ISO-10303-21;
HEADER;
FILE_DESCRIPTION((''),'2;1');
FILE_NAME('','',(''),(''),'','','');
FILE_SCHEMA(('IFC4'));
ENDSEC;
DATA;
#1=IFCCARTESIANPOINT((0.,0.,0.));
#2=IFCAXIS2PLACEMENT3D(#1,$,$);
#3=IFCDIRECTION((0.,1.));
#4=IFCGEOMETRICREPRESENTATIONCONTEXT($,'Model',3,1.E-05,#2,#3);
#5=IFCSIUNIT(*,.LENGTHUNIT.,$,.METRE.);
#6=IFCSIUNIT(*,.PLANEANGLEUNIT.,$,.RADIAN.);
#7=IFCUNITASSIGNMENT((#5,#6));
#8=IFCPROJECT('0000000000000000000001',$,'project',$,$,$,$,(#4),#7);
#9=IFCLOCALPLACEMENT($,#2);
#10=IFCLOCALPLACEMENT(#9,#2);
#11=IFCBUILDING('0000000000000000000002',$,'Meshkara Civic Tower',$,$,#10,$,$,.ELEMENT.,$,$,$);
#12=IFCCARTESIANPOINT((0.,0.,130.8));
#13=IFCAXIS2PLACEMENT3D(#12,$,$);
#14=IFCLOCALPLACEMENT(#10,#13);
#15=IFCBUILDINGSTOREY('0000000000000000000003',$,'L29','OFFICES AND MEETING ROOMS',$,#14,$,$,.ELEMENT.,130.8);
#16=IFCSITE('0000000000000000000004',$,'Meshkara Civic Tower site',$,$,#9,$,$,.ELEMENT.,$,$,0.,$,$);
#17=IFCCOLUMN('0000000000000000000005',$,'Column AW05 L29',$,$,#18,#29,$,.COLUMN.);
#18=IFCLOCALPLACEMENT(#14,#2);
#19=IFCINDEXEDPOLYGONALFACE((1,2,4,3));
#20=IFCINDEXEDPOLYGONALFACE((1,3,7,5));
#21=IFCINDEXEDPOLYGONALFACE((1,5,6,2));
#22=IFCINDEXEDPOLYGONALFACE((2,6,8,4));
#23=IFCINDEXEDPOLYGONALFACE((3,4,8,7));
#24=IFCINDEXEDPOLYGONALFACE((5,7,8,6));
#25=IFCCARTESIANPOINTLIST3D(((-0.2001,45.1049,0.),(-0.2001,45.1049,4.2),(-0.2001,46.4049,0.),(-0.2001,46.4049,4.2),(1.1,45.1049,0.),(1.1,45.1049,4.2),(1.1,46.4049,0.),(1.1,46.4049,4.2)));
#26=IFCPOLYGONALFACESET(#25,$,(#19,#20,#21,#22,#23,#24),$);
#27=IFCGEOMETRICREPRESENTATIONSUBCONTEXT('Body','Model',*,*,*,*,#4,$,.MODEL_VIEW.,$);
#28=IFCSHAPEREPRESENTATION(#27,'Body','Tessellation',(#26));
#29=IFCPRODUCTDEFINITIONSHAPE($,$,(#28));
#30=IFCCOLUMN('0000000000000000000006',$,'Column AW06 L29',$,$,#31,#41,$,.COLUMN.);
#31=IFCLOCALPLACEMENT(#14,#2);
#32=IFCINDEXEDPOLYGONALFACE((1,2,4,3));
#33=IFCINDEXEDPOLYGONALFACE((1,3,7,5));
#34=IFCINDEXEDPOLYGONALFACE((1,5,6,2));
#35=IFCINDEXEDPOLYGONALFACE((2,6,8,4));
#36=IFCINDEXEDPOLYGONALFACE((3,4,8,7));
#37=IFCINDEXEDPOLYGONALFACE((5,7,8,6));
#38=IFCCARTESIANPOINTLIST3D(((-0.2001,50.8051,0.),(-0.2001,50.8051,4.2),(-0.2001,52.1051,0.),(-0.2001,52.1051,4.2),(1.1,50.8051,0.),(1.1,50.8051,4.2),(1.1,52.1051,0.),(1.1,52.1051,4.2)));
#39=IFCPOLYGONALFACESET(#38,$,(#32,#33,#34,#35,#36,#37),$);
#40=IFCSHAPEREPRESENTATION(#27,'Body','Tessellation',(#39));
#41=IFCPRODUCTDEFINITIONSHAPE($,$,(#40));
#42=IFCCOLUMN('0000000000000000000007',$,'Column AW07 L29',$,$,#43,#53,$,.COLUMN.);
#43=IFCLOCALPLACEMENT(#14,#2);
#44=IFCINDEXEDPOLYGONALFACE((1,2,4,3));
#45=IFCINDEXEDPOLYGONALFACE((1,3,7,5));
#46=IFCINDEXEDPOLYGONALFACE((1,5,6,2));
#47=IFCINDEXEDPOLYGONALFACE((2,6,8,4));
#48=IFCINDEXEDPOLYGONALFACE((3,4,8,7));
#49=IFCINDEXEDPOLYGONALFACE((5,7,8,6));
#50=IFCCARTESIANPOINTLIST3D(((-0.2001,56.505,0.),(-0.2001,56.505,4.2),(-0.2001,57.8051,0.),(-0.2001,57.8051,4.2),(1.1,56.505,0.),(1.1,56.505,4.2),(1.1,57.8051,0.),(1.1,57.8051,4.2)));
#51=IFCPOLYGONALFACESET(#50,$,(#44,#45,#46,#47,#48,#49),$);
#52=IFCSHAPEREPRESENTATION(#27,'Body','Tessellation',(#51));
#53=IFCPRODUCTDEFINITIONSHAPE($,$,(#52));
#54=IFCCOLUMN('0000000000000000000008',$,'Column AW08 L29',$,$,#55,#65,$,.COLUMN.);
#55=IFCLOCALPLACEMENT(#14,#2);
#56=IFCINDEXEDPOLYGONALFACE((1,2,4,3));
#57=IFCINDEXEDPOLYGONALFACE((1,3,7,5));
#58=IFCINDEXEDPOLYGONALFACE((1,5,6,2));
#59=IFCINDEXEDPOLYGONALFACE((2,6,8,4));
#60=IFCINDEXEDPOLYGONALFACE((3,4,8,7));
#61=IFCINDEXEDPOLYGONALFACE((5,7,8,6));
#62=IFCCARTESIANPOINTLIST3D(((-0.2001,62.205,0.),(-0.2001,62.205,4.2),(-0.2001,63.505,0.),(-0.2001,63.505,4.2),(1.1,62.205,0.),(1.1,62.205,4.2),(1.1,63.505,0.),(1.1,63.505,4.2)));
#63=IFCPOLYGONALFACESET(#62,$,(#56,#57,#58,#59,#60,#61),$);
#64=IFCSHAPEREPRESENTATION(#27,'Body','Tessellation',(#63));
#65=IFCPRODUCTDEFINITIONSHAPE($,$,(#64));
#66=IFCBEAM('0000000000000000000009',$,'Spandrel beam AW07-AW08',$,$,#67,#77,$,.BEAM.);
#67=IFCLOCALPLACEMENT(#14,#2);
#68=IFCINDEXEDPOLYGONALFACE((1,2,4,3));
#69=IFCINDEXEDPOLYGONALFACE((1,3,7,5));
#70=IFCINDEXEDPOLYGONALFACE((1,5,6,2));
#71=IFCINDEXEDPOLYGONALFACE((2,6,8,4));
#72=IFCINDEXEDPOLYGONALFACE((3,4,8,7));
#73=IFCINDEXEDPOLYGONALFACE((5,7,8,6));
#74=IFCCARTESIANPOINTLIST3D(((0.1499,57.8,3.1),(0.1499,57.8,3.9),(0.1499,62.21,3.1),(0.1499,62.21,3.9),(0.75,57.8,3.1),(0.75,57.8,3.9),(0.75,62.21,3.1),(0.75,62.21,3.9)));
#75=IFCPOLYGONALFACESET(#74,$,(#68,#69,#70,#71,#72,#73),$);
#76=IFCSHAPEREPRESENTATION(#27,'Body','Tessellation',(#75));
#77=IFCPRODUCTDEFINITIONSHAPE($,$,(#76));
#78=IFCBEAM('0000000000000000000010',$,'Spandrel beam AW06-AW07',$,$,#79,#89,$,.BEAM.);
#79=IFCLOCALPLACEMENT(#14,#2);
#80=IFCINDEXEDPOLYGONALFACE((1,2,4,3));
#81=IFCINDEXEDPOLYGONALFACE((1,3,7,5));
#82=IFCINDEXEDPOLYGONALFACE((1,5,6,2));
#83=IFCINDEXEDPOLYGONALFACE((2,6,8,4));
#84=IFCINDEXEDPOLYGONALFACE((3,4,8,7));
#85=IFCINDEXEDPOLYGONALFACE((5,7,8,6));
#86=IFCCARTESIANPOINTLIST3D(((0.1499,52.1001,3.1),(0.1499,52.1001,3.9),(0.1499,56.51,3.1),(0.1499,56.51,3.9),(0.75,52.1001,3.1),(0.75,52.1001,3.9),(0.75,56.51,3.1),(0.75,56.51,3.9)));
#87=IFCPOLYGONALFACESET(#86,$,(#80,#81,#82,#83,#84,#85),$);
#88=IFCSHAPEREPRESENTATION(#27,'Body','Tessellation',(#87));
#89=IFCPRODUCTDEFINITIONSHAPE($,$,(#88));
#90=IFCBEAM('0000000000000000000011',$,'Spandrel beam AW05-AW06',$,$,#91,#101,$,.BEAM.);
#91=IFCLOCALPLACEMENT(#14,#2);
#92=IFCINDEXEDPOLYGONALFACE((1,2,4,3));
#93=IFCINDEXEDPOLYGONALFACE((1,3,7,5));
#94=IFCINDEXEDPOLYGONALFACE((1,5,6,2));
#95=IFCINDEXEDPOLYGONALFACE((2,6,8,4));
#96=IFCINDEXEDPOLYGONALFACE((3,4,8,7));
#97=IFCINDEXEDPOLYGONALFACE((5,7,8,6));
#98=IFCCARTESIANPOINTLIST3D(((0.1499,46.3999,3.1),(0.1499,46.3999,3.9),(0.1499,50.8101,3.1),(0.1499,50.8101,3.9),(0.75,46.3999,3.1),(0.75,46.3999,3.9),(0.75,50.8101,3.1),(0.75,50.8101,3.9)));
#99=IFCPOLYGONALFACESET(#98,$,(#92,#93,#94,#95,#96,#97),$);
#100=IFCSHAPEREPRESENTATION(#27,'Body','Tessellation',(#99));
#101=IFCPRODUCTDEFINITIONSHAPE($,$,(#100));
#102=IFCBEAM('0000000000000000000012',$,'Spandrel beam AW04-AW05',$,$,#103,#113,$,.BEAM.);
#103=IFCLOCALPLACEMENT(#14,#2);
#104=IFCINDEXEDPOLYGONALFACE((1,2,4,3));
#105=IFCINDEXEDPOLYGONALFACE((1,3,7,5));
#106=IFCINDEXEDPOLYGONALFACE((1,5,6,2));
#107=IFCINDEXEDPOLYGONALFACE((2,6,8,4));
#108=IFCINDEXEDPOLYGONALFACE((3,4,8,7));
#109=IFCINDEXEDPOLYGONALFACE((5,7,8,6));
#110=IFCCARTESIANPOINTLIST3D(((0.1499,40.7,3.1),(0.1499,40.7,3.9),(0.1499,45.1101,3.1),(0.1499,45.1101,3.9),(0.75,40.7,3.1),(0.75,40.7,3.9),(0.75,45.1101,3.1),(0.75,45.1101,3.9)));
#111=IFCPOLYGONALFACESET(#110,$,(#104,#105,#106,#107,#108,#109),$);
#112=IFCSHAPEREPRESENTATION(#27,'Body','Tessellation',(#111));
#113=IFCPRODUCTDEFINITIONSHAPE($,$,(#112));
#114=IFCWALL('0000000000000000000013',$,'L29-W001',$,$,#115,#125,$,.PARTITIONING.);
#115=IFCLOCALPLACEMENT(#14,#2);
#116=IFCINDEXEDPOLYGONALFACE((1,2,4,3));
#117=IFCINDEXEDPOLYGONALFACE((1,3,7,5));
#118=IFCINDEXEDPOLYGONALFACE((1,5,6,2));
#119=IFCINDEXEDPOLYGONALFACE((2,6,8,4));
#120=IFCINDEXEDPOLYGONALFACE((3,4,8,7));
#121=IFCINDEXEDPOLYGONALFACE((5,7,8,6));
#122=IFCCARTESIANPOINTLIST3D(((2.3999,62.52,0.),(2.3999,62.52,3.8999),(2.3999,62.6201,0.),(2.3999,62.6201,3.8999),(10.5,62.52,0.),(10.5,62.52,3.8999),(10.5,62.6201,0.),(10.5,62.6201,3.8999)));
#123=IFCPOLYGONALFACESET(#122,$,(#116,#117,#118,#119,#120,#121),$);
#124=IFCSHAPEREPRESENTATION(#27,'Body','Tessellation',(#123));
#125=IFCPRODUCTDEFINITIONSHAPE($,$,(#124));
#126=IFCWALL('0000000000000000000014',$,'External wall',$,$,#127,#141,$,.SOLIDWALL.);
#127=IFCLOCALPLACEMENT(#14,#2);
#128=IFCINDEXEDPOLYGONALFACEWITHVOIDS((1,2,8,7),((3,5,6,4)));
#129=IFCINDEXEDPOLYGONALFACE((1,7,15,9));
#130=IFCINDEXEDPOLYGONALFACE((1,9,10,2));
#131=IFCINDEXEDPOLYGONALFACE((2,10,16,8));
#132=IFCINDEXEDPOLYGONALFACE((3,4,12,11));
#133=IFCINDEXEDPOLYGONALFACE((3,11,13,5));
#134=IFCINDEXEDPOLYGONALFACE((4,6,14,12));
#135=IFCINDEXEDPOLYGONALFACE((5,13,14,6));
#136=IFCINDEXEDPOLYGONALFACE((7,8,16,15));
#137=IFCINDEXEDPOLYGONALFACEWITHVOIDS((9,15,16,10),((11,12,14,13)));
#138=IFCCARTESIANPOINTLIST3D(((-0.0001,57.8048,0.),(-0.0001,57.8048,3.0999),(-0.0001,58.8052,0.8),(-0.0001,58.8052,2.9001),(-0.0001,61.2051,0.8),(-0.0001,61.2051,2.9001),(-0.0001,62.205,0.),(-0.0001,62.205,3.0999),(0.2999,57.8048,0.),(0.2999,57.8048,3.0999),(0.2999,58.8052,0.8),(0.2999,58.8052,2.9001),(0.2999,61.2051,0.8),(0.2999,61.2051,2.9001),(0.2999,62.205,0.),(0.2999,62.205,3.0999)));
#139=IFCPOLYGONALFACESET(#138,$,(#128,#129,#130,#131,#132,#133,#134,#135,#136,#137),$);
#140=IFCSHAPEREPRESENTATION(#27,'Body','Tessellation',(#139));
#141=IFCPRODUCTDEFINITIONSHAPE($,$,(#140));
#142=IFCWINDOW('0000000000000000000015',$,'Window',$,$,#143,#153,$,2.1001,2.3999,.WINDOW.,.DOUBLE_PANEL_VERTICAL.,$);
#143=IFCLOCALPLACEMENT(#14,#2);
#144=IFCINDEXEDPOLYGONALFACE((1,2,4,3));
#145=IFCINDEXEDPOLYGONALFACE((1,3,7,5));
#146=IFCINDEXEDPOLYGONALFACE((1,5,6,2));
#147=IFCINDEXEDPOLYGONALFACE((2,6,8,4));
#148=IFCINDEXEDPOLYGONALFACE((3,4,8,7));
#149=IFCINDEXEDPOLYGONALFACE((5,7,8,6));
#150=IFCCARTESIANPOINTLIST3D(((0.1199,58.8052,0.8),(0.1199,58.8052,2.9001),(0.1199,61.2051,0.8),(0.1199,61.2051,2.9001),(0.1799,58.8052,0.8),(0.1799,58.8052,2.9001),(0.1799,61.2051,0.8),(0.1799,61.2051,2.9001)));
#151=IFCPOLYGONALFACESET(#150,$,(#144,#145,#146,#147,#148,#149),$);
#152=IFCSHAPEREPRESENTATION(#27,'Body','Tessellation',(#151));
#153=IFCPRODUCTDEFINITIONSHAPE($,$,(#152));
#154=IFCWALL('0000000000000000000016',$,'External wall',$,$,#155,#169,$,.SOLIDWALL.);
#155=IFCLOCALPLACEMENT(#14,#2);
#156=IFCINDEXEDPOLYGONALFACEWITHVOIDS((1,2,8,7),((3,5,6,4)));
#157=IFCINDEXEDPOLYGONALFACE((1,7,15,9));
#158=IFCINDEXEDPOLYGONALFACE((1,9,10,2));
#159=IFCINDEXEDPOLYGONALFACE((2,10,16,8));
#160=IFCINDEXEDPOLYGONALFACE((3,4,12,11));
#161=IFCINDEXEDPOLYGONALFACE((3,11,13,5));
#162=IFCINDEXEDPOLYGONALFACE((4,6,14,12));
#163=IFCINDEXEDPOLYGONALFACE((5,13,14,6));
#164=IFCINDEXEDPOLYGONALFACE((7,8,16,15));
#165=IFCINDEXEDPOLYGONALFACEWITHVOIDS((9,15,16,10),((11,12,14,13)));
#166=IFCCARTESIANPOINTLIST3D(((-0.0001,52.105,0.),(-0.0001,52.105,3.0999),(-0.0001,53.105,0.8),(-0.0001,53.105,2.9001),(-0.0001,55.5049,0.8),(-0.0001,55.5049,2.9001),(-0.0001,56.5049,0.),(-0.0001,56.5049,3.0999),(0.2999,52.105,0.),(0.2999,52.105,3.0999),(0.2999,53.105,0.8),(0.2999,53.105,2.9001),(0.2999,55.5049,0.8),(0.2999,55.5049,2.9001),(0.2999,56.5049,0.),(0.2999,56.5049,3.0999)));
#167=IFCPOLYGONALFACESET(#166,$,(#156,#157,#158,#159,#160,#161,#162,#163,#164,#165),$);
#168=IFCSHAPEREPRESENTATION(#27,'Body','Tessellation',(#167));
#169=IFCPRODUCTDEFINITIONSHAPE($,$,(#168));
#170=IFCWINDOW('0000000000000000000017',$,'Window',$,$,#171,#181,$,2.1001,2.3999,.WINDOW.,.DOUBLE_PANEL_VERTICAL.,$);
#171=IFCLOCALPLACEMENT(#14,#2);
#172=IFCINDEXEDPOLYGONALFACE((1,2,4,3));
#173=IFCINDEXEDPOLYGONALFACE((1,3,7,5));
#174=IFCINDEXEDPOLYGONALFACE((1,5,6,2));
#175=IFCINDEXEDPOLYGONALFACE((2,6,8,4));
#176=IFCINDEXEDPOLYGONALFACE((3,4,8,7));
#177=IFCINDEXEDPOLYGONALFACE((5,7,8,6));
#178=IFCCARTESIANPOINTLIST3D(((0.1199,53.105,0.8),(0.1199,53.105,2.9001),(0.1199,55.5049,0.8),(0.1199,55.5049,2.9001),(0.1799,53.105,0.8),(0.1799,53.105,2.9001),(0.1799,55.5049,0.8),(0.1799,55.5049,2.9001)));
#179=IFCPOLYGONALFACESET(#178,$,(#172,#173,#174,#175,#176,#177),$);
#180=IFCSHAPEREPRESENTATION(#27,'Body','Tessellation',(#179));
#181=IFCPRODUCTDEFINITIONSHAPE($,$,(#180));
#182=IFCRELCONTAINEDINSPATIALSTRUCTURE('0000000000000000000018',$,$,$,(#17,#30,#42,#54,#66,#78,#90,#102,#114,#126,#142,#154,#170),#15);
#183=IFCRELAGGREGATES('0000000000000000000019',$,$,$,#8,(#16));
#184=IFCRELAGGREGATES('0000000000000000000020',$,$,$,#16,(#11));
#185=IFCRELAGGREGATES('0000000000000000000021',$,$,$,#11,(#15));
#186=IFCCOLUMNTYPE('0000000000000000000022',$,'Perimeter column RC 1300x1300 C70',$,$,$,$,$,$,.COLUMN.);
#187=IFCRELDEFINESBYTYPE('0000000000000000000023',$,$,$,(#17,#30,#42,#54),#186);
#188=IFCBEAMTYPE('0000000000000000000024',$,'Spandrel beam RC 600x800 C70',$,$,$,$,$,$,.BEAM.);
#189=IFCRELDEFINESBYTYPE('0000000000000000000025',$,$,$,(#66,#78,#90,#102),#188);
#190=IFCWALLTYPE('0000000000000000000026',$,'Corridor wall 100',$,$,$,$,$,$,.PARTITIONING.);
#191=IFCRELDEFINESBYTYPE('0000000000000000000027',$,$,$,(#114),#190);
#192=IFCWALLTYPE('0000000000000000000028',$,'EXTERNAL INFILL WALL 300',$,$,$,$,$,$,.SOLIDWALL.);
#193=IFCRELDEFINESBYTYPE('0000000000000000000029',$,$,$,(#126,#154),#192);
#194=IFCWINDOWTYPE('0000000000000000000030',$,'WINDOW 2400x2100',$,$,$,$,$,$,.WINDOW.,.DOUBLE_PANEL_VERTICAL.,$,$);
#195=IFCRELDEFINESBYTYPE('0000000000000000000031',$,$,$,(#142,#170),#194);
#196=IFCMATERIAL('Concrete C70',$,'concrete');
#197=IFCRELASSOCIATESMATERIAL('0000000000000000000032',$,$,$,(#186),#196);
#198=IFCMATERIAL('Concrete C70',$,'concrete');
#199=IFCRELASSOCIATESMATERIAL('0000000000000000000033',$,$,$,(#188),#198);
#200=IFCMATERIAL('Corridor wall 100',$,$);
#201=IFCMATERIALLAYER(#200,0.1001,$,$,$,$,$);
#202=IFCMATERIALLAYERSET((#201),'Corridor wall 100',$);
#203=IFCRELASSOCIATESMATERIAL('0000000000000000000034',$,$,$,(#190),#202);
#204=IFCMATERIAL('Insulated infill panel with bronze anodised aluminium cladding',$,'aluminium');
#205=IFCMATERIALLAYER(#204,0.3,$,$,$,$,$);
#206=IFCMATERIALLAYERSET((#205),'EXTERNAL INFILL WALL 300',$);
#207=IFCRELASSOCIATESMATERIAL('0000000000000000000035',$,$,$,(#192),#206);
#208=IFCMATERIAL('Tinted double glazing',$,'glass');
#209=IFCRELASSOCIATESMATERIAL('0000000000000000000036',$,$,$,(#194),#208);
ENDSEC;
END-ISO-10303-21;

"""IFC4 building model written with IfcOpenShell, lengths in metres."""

from ifc_helpers import new_model, si_unit, direction, frame, frame_2d, origin, origin_2d, place, context, subcontext, project, spatial, rectangle, extrude, material, layer, layer_set, material_profile, profile_set, type_object, element, fill, save


model = new_model("IFC4")

# Units and contexts
model_context = context("Model", 3, precision=1e-05, world=origin(), true_north=direction((0.0, 1.0)))
body_context = subcontext(model_context, "Body", "Model", "MODEL_VIEW")
ifc_project = project(units=[si_unit("LENGTHUNIT", "METRE"), si_unit("PLANEANGLEUNIT", "RADIAN")], contexts=[model_context])

# Site, building, storey
site_placement = place(None, origin())
site = spatial("IfcSite", under=ifc_project, at=site_placement, Name="Meshkara Civic Tower site", CompositionType="ELEMENT", RefElevation=0.0)
building_placement = place(site_placement, origin())
building = spatial("IfcBuilding", under=site, at=building_placement, Name="Meshkara Civic Tower", CompositionType="ELEMENT")
storey_placement = place(building_placement, frame((0.0, 0.0, 130.8)))
storey = spatial("IfcBuildingStorey", under=building, at=storey_placement, Name="L29", Description="OFFICES AND MEETING ROOMS", CompositionType="ELEMENT", Elevation=130.8)

# Columns
ifc_material_1 = material(Name="Concrete C70", Category="concrete")
ifc_material_profile_1 = material_profile(ifc_material_1, rectangle(XDim=1.3, YDim=1.3, at=origin_2d()))
ifc_profile_set_1 = profile_set([ifc_material_profile_1], Name="Concrete C70")
column_type = type_object("IfcColumnType", Name="Perimeter column RC 1300x1300 C70", PredefinedType="COLUMN", material=ifc_profile_set_1)
for number, where, z_axis, x_axis, name in (
    (1, (0.45, 45.7549, 0.0), (0.0, 0.0, 1.0), (1.0, 0.0, 0.0), "Column AW05 L29"),
    (2, (0.45, 51.4551, 0.0), (0.0, 0.0, 1.0), (1.0, 0.0, 0.0), "Column AW06 L29"),
    (3, (0.45, 57.155, 0.0), (0.0, 0.0, 1.0), (1.0, 0.0, 0.0), "Column AW07 L29"),
    (4, (0.45, 62.855, 0.0), (0.0, 0.0, 1.0), (1.0, 0.0, 0.0), "Column AW08 L29"),
):
    element("IfcColumn", number, at=place(storey_placement, frame(where, z_axis=z_axis, x_axis=x_axis)), inside=storey, type_object=column_type, Name=name, PredefinedType="COLUMN", context=body_context, shape_type="SweptSolid", body=[
        extrude(rectangle(XDim=1.3, YDim=1.3, at=origin_2d()), origin(), (0.0, 0.0, 1.0), 4.2),
    ])

# Beams
ifc_material_2 = material(Name="Concrete C70", Category="concrete")
ifc_material_profile_2 = material_profile(ifc_material_2, rectangle(XDim=0.6001, YDim=0.8, at=origin_2d()))
ifc_profile_set_2 = profile_set([ifc_material_profile_2], Name="Concrete C70")
beam_type = type_object("IfcBeamType", Name="Spandrel beam RC 600x800 C70", PredefinedType="BEAM", material=ifc_profile_set_2)
for number, where, z_axis, x_axis, name in (
    (5, (0.45, 62.21, 3.5), (0.0, -1.0, 0.0), (1.0, 0.0, 0.0), "Spandrel beam AW07-AW08"),
    (6, (0.45, 56.51, 3.5), (0.0, -1.0, 0.0), (1.0, 0.0, 0.0), "Spandrel beam AW06-AW07"),
):
    element("IfcBeam", number, at=place(storey_placement, frame(where, z_axis=z_axis, x_axis=x_axis)), inside=storey, type_object=beam_type, Name=name, PredefinedType="BEAM", context=body_context, shape_type="SweptSolid", body=[
        extrude(rectangle(XDim=0.6001, YDim=0.8, at=origin_2d()), origin(), (0.0, 0.0, 1.0), 4.4099),
    ])
for number, where, z_axis, x_axis, name in (
    (7, (0.45, 50.8101, 3.5), (0.0, -1.0, 0.0), (1.0, 0.0, 0.0), "Spandrel beam AW05-AW06"),
    (8, (0.45, 45.1101, 3.5), (0.0, -1.0, 0.0), (1.0, 0.0, 0.0), "Spandrel beam AW04-AW05"),
):
    element("IfcBeam", number, at=place(storey_placement, frame(where, z_axis=z_axis, x_axis=x_axis)), inside=storey, type_object=beam_type, Name=name, PredefinedType="BEAM", context=body_context, shape_type="SweptSolid", body=[
        extrude(rectangle(XDim=0.6001, YDim=0.8, at=origin_2d()), origin(), (0.0, 0.0, 1.0), 4.4102),
    ])

# Wall
ifc_material_3 = material(Name="Corridor wall 100")
ifc_layer_1 = layer(ifc_material_3, 0.1001)
ifc_layer_set_1 = layer_set([ifc_layer_1], Name="Corridor wall 100")
wall_type_1 = type_object("IfcWallType", Name="Corridor wall 100", PredefinedType="PARTITIONING", material=ifc_layer_set_1)
wall_1_placement = place(storey_placement, frame((2.3999, 62.5701, 0.0), z_axis=(0.0, 0.0, 1.0), x_axis=(1.0, 0.0, 0.0)))
element("IfcWall", 9, at=wall_1_placement, inside=storey, type_object=wall_type_1, Name="L29-W001", PredefinedType="PARTITIONING", context=body_context, shape_type="SweptSolid", body=[
    extrude(rectangle(XDim=8.1001, YDim=0.1001, at=frame_2d((4.05, 0.0))), origin(), (0.0, 0.0, 1.0), 3.8999),
])

# Walls, openings, windows
ifc_material_4 = material(Name="Insulated infill panel with bronze anodised aluminium cladding", Category="aluminium")
ifc_layer_2 = layer(ifc_material_4, 0.3)
ifc_layer_set_2 = layer_set([ifc_layer_2], Name="EXTERNAL INFILL WALL 300")
wall_type_2 = type_object("IfcWallType", Name="EXTERNAL INFILL WALL 300", PredefinedType="SOLIDWALL", material=ifc_layer_set_2)
wall_2_placement = place(storey_placement, frame((0.1499, 62.2051, 0.0), z_axis=(0.0, 0.0, 1.0), x_axis=(0.0, -1.0, 0.0)))
wall_2 = element("IfcWall", 10, at=wall_2_placement, inside=storey, type_object=wall_type_2, Name="External wall", PredefinedType="SOLIDWALL", context=body_context, shape_type="SweptSolid", body=[
    extrude(rectangle(XDim=4.4001, YDim=0.3, at=frame_2d((2.2002, 0.0))), origin(), (0.0, 0.0, 1.0), 3.0999),
])
opening_1_placement = place(wall_2_placement, frame((1.0, 0.0, 0.8)))
opening_1 = element("IfcOpeningElement", 11, at=opening_1_placement, cuts=wall_2, PredefinedType="OPENING", context=body_context, shape_type="SweptSolid", body=[
    extrude(rectangle(XDim=2.3999, YDim=2.1001, at=frame_2d((1.2, 1.05))), frame((0.0, 0.1599, 0.0), z_axis=(0.0, -1.0, 0.0), x_axis=(1.0, 0.0, 0.0)), (0.0, 0.0, 1.0), 0.3201),
])
ifc_material_5 = material(Name="Tinted double glazing", Category="glass")
window_type = type_object("IfcWindowType", Name="WINDOW 2400x2100", PartitioningType="DOUBLE_PANEL_VERTICAL", PredefinedType="WINDOW", material=ifc_material_5)
window_1_placement = place(opening_1_placement, origin())
window_1 = element("IfcWindow", 12, at=window_1_placement, inside=storey, type_object=window_type, Name="Window", OverallHeight=2.1001, OverallWidth=2.3999, PartitioningType="DOUBLE_PANEL_VERTICAL", PredefinedType="WINDOW", context=body_context, shape_type="SweptSolid", body=[
    extrude(rectangle(XDim=2.3999, YDim=2.1001, at=frame_2d((1.2, 1.05))), frame((0.0, 0.03, 0.0), z_axis=(0.0, -1.0, 0.0), x_axis=(1.0, 0.0, 0.0)), (0.0, 0.0, 1.0), 0.0601),
])
fill(opening_1, window_1)
wall_3_placement = place(storey_placement, frame((0.1499, 56.5049, 0.0), z_axis=(0.0, 0.0, 1.0), x_axis=(0.0, -1.0, 0.0)))
wall_3 = element("IfcWall", 13, at=wall_3_placement, inside=storey, type_object=wall_type_2, Name="External wall", PredefinedType="SOLIDWALL", context=body_context, shape_type="SweptSolid", body=[
    extrude(rectangle(XDim=4.3999, YDim=0.3, at=frame_2d((2.2, 0.0))), origin(), (0.0, 0.0, 1.0), 3.0999),
])
opening_2_placement = place(wall_3_placement, frame((1.0, 0.0, 0.8)))
opening_2 = element("IfcOpeningElement", 14, at=opening_2_placement, cuts=wall_3, PredefinedType="OPENING", context=body_context, shape_type="SweptSolid", body=[
    extrude(rectangle(XDim=2.3999, YDim=2.1001, at=frame_2d((1.2, 1.05))), frame((0.0, 0.1599, 0.0), z_axis=(0.0, -1.0, 0.0), x_axis=(1.0, 0.0, 0.0)), (0.0, 0.0, 1.0), 0.3201),
])
window_2_placement = place(opening_2_placement, origin())
window_2 = element("IfcWindow", 15, at=window_2_placement, inside=storey, type_object=window_type, Name="Window", OverallHeight=2.1001, OverallWidth=2.3999, PartitioningType="DOUBLE_PANEL_VERTICAL", PredefinedType="WINDOW", context=body_context, shape_type="SweptSolid", body=[
    extrude(rectangle(XDim=2.3999, YDim=2.1001, at=frame_2d((1.2, 1.05))), frame((0.0, 0.03, 0.0), z_axis=(0.0, -1.0, 0.0), x_axis=(1.0, 0.0, 0.0)), (0.0, 0.0, 1.0), 0.0601),
])
fill(opening_2, window_2)

save(model, "model.ifc")
